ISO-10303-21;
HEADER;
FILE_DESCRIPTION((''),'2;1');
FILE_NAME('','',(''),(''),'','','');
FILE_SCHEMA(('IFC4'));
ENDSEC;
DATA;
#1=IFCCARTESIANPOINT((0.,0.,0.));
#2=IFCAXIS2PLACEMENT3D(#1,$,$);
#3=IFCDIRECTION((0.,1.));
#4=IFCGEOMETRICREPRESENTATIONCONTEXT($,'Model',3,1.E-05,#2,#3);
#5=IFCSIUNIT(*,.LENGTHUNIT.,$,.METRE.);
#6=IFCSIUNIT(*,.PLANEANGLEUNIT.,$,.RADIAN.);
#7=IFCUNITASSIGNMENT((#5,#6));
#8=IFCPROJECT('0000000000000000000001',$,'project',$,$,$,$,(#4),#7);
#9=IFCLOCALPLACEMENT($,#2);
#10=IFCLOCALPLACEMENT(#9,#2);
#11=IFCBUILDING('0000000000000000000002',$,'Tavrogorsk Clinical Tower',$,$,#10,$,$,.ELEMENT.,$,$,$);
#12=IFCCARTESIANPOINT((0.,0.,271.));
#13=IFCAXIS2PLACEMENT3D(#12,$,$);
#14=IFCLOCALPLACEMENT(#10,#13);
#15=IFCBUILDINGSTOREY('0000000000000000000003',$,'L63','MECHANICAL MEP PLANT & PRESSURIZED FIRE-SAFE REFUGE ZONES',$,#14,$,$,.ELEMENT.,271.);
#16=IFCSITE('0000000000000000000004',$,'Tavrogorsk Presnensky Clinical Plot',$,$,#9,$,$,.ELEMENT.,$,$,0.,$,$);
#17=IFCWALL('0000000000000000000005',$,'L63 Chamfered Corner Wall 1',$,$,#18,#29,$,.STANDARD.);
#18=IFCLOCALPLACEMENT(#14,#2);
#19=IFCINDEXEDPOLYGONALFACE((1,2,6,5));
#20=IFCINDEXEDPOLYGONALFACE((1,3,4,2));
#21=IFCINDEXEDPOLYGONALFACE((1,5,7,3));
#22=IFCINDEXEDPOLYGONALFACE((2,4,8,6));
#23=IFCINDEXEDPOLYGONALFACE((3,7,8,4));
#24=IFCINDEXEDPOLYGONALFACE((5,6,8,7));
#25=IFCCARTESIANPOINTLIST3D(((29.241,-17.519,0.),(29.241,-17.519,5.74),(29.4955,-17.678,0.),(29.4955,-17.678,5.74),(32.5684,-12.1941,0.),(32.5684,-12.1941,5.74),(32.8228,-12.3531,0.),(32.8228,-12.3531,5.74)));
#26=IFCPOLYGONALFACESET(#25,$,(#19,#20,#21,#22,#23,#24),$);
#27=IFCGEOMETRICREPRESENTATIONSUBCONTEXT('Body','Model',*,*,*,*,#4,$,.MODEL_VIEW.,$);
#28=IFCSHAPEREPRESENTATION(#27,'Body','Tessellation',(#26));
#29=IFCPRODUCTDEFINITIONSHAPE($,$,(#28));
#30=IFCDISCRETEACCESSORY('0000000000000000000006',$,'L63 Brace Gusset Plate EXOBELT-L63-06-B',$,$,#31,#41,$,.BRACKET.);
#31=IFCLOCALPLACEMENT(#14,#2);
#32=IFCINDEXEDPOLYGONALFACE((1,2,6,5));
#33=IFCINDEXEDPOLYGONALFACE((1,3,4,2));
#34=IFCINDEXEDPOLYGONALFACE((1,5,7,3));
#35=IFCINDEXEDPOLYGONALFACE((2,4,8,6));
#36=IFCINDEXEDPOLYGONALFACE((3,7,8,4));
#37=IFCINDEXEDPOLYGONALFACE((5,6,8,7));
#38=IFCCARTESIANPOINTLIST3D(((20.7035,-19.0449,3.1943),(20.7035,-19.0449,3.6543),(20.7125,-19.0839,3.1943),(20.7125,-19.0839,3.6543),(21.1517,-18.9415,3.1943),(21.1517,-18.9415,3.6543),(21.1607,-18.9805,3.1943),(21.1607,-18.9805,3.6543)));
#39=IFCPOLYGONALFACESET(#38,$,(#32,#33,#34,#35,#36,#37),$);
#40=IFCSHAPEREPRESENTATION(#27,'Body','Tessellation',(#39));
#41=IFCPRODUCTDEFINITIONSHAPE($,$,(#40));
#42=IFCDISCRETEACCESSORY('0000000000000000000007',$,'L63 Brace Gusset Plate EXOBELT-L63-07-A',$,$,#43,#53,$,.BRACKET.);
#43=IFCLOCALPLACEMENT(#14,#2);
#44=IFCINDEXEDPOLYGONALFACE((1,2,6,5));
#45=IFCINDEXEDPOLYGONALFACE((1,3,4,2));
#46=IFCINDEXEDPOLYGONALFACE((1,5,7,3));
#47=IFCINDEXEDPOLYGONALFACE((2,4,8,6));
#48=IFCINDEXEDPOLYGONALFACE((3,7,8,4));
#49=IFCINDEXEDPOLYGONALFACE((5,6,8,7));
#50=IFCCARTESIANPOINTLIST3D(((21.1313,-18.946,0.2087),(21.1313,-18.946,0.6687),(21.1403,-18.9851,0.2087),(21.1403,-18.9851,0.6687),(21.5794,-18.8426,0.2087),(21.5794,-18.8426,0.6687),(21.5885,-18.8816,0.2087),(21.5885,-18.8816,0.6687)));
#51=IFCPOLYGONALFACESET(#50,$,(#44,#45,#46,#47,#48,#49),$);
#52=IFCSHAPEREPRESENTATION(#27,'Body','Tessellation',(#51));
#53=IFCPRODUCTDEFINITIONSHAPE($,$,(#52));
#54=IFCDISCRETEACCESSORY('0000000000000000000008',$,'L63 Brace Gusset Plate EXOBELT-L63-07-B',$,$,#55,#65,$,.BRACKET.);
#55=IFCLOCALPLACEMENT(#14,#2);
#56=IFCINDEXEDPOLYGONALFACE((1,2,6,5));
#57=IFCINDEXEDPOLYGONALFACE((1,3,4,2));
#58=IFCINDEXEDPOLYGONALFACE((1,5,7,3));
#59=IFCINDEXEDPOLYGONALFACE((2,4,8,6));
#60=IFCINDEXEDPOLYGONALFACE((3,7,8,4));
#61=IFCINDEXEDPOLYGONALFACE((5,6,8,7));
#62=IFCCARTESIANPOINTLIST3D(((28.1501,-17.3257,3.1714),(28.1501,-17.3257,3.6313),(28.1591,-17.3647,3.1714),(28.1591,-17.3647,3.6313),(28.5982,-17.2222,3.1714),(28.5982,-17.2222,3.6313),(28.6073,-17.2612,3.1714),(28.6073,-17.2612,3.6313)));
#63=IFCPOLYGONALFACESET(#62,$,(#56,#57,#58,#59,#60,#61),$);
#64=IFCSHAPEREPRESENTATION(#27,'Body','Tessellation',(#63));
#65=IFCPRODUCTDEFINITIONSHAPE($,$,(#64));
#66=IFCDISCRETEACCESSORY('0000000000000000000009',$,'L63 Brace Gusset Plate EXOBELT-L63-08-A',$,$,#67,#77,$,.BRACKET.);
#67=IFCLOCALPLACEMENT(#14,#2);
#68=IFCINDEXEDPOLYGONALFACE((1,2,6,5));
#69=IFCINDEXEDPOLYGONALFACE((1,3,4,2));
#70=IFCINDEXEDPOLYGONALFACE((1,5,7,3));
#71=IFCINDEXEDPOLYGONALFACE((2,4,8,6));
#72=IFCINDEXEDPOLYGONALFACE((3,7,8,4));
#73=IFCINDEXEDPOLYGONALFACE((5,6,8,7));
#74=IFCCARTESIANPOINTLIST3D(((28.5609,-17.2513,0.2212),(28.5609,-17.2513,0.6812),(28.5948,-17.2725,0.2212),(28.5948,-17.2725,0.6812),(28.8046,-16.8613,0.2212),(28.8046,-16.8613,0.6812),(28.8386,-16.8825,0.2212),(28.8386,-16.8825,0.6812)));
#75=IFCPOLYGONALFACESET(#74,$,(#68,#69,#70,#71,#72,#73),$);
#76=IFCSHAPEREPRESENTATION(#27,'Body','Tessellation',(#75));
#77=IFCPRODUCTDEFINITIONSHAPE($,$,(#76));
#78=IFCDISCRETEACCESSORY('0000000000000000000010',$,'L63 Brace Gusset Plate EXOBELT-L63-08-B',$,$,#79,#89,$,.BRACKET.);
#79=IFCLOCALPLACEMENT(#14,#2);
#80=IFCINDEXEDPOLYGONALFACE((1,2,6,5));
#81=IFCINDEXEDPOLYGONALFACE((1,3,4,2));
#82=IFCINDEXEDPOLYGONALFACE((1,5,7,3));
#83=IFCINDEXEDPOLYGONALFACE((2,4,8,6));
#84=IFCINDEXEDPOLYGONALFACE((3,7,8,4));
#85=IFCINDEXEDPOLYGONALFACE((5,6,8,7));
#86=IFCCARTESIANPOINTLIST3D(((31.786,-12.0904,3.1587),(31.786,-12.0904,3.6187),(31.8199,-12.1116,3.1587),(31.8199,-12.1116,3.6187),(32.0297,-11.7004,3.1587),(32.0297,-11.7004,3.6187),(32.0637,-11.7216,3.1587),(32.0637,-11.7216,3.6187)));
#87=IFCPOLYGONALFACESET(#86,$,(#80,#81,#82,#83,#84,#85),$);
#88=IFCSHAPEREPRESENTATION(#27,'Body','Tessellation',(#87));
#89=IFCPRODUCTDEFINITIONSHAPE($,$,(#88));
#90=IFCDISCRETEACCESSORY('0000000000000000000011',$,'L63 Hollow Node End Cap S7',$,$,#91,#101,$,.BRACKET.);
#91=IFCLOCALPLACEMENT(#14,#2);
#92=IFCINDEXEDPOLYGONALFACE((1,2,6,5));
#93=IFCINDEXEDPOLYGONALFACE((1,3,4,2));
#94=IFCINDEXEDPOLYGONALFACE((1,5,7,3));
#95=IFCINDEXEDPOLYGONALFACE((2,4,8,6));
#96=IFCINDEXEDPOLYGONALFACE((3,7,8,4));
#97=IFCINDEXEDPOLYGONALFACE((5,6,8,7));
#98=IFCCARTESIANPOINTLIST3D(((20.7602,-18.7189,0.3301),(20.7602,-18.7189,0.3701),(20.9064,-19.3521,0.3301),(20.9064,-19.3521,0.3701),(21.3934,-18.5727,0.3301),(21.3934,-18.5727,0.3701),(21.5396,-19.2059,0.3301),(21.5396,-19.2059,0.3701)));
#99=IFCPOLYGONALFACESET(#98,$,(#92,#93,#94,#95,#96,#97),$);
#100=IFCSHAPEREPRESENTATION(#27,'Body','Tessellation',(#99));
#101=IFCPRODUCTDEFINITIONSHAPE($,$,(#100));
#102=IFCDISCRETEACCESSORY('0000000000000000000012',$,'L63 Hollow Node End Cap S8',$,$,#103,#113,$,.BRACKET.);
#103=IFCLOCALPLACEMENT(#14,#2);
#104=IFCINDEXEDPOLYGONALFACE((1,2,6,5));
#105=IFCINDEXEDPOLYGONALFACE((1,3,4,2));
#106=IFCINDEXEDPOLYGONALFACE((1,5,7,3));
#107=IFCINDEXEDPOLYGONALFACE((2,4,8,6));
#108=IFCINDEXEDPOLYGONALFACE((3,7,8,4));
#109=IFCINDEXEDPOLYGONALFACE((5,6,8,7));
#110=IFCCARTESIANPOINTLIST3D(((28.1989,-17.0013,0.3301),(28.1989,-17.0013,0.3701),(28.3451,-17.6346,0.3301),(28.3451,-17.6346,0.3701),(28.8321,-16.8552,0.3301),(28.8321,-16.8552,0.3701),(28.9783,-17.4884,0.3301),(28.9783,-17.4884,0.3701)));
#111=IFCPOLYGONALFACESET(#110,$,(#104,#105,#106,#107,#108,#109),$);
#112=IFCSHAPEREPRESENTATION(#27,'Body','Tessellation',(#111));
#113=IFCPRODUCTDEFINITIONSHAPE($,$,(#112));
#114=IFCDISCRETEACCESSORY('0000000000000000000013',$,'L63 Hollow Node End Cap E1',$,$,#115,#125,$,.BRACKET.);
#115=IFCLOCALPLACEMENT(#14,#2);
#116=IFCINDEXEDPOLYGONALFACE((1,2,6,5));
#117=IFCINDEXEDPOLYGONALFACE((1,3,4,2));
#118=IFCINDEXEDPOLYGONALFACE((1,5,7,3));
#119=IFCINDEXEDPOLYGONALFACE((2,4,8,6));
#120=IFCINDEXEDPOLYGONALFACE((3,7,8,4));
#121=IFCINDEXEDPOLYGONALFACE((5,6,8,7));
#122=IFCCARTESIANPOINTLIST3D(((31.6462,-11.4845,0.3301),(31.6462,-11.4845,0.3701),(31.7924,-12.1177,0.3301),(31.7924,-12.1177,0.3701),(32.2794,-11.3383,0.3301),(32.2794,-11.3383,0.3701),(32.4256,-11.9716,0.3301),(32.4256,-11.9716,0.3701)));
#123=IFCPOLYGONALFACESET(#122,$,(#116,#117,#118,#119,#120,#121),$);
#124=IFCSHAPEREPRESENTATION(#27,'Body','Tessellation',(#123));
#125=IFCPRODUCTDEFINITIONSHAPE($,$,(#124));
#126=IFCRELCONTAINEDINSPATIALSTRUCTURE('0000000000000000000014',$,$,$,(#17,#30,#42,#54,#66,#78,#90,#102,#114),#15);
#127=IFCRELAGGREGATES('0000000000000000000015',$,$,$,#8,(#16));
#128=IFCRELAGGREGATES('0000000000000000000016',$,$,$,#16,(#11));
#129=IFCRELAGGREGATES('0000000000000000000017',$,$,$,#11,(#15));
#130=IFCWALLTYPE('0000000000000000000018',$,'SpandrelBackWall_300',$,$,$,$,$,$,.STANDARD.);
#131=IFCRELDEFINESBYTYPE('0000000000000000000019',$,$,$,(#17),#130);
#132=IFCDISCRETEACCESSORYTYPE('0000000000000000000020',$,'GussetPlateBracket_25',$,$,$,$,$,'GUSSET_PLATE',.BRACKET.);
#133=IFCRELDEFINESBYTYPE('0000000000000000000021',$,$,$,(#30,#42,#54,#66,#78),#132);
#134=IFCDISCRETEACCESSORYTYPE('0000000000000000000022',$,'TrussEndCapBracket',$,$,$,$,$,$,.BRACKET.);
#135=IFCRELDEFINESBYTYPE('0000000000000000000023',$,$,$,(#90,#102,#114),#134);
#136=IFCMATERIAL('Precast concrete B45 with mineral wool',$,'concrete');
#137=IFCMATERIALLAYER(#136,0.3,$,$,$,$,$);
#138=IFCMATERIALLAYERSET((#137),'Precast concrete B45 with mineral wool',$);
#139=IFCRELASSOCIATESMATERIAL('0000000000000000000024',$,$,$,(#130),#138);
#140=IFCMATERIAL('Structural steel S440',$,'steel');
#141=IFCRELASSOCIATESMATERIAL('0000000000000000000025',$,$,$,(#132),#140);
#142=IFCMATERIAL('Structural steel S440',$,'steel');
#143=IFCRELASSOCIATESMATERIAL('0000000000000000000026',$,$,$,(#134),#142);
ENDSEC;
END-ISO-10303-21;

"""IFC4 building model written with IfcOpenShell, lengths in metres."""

from ifc_helpers import new_model, si_unit, direction, frame, frame_2d, origin, origin_2d, place, context, subcontext, project, spatial, rectangle, extrude, material, layer, layer_set, type_object, element, save


model = new_model("IFC4")

# Units and contexts
model_context = context("Model", 3, precision=1e-05, world=origin(), true_north=direction((0.0, 1.0)))
body_context = subcontext(model_context, "Body", "Model", "MODEL_VIEW")
ifc_project = project(units=[si_unit("LENGTHUNIT", "METRE"), si_unit("PLANEANGLEUNIT", "RADIAN")], contexts=[model_context])

# Site, building, storey
site_placement = place(None, origin())
site = spatial("IfcSite", under=ifc_project, at=site_placement, Name="Tavrogorsk Presnensky Clinical Plot", CompositionType="ELEMENT", RefElevation=0.0)
building_placement = place(site_placement, origin())
building = spatial("IfcBuilding", under=site, at=building_placement, Name="Tavrogorsk Clinical Tower", CompositionType="ELEMENT")
storey_placement = place(building_placement, frame((0.0, 0.0, 271.0)))
storey = spatial("IfcBuildingStorey", under=building, at=storey_placement, Name="L63", Description="MECHANICAL MEP PLANT & PRESSURIZED FIRE-SAFE REFUGE ZONES", CompositionType="ELEMENT", Elevation=271.0)

# Wall
ifc_material_1 = material(Name="Precast concrete B45 with mineral wool", Category="concrete")
ifc_layer_1 = layer(ifc_material_1, 0.3)
ifc_layer_set_1 = layer_set([ifc_layer_1], Name="Precast concrete B45 with mineral wool")
wall_type_1 = type_object("IfcWallType", Name="SpandrelBackWall_300", PredefinedType="STANDARD", material=ifc_layer_set_1)
wall_1_placement = place(storey_placement, frame((29.3682, -17.5986, 0.0), z_axis=(0.0, 0.0, 1.0), x_axis=(0.529919, 0.848049, 0.0)))
element("IfcWall", 1, at=wall_1_placement, inside=storey, type_object=wall_type_1, Name="L63 Chamfered Corner Wall 1", PredefinedType="STANDARD", context=body_context, shape_type="SweptSolid", body=[
    extrude(rectangle(XDim=6.2791, YDim=0.3, at=frame_2d((3.1396, 0.0))), origin(), (0.0, 0.0, 1.0), 5.74),
])

# Discrete accessories
ifc_material_2 = material(Name="Structural steel S440", Category="steel")
discrete_accessory_type_1 = type_object("IfcDiscreteAccessoryType", Name="GussetPlateBracket_25", ElementType="GUSSET_PLATE", PredefinedType="BRACKET", material=ifc_material_2)
for number, where, z_axis, x_axis, name in (
    (2, (20.9321, -19.0127, 3.1943), (0.0, 0.0, 1.0), (0.97437, 0.224951, 0.0), "L63 Brace Gusset Plate EXOBELT-L63-06-B"),
    (3, (21.3599, -18.9138, 0.2087), (0.0, 0.0, 1.0), (0.97437, 0.224951, 0.0), "L63 Brace Gusset Plate EXOBELT-L63-07-A"),
    (4, (28.3787, -17.2935, 3.1714), (0.0, 0.0, 1.0), (0.97437, 0.224951, 0.0), "L63 Brace Gusset Plate EXOBELT-L63-07-B"),
    (5, (28.6997, -17.0669, 0.2212), (0.0, 0.0, 1.0), (0.529919, 0.848048, 0.0), "L63 Brace Gusset Plate EXOBELT-L63-08-A"),
    (6, (31.9248, -11.906, 3.1587), (0.0, 0.0, 1.0), (0.529919, 0.848048, 0.0), "L63 Brace Gusset Plate EXOBELT-L63-08-B"),
):
    element("IfcDiscreteAccessory", number, at=place(storey_placement, frame(where, z_axis=z_axis, x_axis=x_axis)), inside=storey, type_object=discrete_accessory_type_1, Name=name, PredefinedType="BRACKET", context=body_context, shape_type="SweptSolid", body=[
        extrude(rectangle(XDim=0.46, YDim=0.04, at=origin_2d()), origin(), (0.0, 0.0, 1.0), 0.46),
    ])
ifc_material_3 = material(Name="Structural steel S440", Category="steel")
discrete_accessory_type_2 = type_object("IfcDiscreteAccessoryType", Name="TrussEndCapBracket", PredefinedType="BRACKET", material=ifc_material_3)
for number, where, z_axis, x_axis, name in (
    (7, (21.1499, -18.9624, 0.3301), (0.0, 0.0, 1.0), (0.97437, 0.224951, 0.0), "L63 Hollow Node End Cap S7"),
    (8, (28.5886, -17.2449, 0.3301), (0.0, 0.0, 1.0), (0.97437, 0.224951, 0.0), "L63 Hollow Node End Cap S8"),
    (9, (32.0359, -11.728, 0.3301), (0.0, 0.0, 1.0), (0.97437, 0.224951, 0.0), "L63 Hollow Node End Cap E1"),
):
    element("IfcDiscreteAccessory", number, at=place(storey_placement, frame(where, z_axis=z_axis, x_axis=x_axis)), inside=storey, type_object=discrete_accessory_type_2, Name=name, PredefinedType="BRACKET", context=body_context, shape_type="SweptSolid", body=[
        extrude(rectangle(XDim=0.6499, YDim=0.6499, at=origin_2d()), origin(), (0.0, 0.0, 1.0), 0.04),
    ])

save(model, "model.ifc")
